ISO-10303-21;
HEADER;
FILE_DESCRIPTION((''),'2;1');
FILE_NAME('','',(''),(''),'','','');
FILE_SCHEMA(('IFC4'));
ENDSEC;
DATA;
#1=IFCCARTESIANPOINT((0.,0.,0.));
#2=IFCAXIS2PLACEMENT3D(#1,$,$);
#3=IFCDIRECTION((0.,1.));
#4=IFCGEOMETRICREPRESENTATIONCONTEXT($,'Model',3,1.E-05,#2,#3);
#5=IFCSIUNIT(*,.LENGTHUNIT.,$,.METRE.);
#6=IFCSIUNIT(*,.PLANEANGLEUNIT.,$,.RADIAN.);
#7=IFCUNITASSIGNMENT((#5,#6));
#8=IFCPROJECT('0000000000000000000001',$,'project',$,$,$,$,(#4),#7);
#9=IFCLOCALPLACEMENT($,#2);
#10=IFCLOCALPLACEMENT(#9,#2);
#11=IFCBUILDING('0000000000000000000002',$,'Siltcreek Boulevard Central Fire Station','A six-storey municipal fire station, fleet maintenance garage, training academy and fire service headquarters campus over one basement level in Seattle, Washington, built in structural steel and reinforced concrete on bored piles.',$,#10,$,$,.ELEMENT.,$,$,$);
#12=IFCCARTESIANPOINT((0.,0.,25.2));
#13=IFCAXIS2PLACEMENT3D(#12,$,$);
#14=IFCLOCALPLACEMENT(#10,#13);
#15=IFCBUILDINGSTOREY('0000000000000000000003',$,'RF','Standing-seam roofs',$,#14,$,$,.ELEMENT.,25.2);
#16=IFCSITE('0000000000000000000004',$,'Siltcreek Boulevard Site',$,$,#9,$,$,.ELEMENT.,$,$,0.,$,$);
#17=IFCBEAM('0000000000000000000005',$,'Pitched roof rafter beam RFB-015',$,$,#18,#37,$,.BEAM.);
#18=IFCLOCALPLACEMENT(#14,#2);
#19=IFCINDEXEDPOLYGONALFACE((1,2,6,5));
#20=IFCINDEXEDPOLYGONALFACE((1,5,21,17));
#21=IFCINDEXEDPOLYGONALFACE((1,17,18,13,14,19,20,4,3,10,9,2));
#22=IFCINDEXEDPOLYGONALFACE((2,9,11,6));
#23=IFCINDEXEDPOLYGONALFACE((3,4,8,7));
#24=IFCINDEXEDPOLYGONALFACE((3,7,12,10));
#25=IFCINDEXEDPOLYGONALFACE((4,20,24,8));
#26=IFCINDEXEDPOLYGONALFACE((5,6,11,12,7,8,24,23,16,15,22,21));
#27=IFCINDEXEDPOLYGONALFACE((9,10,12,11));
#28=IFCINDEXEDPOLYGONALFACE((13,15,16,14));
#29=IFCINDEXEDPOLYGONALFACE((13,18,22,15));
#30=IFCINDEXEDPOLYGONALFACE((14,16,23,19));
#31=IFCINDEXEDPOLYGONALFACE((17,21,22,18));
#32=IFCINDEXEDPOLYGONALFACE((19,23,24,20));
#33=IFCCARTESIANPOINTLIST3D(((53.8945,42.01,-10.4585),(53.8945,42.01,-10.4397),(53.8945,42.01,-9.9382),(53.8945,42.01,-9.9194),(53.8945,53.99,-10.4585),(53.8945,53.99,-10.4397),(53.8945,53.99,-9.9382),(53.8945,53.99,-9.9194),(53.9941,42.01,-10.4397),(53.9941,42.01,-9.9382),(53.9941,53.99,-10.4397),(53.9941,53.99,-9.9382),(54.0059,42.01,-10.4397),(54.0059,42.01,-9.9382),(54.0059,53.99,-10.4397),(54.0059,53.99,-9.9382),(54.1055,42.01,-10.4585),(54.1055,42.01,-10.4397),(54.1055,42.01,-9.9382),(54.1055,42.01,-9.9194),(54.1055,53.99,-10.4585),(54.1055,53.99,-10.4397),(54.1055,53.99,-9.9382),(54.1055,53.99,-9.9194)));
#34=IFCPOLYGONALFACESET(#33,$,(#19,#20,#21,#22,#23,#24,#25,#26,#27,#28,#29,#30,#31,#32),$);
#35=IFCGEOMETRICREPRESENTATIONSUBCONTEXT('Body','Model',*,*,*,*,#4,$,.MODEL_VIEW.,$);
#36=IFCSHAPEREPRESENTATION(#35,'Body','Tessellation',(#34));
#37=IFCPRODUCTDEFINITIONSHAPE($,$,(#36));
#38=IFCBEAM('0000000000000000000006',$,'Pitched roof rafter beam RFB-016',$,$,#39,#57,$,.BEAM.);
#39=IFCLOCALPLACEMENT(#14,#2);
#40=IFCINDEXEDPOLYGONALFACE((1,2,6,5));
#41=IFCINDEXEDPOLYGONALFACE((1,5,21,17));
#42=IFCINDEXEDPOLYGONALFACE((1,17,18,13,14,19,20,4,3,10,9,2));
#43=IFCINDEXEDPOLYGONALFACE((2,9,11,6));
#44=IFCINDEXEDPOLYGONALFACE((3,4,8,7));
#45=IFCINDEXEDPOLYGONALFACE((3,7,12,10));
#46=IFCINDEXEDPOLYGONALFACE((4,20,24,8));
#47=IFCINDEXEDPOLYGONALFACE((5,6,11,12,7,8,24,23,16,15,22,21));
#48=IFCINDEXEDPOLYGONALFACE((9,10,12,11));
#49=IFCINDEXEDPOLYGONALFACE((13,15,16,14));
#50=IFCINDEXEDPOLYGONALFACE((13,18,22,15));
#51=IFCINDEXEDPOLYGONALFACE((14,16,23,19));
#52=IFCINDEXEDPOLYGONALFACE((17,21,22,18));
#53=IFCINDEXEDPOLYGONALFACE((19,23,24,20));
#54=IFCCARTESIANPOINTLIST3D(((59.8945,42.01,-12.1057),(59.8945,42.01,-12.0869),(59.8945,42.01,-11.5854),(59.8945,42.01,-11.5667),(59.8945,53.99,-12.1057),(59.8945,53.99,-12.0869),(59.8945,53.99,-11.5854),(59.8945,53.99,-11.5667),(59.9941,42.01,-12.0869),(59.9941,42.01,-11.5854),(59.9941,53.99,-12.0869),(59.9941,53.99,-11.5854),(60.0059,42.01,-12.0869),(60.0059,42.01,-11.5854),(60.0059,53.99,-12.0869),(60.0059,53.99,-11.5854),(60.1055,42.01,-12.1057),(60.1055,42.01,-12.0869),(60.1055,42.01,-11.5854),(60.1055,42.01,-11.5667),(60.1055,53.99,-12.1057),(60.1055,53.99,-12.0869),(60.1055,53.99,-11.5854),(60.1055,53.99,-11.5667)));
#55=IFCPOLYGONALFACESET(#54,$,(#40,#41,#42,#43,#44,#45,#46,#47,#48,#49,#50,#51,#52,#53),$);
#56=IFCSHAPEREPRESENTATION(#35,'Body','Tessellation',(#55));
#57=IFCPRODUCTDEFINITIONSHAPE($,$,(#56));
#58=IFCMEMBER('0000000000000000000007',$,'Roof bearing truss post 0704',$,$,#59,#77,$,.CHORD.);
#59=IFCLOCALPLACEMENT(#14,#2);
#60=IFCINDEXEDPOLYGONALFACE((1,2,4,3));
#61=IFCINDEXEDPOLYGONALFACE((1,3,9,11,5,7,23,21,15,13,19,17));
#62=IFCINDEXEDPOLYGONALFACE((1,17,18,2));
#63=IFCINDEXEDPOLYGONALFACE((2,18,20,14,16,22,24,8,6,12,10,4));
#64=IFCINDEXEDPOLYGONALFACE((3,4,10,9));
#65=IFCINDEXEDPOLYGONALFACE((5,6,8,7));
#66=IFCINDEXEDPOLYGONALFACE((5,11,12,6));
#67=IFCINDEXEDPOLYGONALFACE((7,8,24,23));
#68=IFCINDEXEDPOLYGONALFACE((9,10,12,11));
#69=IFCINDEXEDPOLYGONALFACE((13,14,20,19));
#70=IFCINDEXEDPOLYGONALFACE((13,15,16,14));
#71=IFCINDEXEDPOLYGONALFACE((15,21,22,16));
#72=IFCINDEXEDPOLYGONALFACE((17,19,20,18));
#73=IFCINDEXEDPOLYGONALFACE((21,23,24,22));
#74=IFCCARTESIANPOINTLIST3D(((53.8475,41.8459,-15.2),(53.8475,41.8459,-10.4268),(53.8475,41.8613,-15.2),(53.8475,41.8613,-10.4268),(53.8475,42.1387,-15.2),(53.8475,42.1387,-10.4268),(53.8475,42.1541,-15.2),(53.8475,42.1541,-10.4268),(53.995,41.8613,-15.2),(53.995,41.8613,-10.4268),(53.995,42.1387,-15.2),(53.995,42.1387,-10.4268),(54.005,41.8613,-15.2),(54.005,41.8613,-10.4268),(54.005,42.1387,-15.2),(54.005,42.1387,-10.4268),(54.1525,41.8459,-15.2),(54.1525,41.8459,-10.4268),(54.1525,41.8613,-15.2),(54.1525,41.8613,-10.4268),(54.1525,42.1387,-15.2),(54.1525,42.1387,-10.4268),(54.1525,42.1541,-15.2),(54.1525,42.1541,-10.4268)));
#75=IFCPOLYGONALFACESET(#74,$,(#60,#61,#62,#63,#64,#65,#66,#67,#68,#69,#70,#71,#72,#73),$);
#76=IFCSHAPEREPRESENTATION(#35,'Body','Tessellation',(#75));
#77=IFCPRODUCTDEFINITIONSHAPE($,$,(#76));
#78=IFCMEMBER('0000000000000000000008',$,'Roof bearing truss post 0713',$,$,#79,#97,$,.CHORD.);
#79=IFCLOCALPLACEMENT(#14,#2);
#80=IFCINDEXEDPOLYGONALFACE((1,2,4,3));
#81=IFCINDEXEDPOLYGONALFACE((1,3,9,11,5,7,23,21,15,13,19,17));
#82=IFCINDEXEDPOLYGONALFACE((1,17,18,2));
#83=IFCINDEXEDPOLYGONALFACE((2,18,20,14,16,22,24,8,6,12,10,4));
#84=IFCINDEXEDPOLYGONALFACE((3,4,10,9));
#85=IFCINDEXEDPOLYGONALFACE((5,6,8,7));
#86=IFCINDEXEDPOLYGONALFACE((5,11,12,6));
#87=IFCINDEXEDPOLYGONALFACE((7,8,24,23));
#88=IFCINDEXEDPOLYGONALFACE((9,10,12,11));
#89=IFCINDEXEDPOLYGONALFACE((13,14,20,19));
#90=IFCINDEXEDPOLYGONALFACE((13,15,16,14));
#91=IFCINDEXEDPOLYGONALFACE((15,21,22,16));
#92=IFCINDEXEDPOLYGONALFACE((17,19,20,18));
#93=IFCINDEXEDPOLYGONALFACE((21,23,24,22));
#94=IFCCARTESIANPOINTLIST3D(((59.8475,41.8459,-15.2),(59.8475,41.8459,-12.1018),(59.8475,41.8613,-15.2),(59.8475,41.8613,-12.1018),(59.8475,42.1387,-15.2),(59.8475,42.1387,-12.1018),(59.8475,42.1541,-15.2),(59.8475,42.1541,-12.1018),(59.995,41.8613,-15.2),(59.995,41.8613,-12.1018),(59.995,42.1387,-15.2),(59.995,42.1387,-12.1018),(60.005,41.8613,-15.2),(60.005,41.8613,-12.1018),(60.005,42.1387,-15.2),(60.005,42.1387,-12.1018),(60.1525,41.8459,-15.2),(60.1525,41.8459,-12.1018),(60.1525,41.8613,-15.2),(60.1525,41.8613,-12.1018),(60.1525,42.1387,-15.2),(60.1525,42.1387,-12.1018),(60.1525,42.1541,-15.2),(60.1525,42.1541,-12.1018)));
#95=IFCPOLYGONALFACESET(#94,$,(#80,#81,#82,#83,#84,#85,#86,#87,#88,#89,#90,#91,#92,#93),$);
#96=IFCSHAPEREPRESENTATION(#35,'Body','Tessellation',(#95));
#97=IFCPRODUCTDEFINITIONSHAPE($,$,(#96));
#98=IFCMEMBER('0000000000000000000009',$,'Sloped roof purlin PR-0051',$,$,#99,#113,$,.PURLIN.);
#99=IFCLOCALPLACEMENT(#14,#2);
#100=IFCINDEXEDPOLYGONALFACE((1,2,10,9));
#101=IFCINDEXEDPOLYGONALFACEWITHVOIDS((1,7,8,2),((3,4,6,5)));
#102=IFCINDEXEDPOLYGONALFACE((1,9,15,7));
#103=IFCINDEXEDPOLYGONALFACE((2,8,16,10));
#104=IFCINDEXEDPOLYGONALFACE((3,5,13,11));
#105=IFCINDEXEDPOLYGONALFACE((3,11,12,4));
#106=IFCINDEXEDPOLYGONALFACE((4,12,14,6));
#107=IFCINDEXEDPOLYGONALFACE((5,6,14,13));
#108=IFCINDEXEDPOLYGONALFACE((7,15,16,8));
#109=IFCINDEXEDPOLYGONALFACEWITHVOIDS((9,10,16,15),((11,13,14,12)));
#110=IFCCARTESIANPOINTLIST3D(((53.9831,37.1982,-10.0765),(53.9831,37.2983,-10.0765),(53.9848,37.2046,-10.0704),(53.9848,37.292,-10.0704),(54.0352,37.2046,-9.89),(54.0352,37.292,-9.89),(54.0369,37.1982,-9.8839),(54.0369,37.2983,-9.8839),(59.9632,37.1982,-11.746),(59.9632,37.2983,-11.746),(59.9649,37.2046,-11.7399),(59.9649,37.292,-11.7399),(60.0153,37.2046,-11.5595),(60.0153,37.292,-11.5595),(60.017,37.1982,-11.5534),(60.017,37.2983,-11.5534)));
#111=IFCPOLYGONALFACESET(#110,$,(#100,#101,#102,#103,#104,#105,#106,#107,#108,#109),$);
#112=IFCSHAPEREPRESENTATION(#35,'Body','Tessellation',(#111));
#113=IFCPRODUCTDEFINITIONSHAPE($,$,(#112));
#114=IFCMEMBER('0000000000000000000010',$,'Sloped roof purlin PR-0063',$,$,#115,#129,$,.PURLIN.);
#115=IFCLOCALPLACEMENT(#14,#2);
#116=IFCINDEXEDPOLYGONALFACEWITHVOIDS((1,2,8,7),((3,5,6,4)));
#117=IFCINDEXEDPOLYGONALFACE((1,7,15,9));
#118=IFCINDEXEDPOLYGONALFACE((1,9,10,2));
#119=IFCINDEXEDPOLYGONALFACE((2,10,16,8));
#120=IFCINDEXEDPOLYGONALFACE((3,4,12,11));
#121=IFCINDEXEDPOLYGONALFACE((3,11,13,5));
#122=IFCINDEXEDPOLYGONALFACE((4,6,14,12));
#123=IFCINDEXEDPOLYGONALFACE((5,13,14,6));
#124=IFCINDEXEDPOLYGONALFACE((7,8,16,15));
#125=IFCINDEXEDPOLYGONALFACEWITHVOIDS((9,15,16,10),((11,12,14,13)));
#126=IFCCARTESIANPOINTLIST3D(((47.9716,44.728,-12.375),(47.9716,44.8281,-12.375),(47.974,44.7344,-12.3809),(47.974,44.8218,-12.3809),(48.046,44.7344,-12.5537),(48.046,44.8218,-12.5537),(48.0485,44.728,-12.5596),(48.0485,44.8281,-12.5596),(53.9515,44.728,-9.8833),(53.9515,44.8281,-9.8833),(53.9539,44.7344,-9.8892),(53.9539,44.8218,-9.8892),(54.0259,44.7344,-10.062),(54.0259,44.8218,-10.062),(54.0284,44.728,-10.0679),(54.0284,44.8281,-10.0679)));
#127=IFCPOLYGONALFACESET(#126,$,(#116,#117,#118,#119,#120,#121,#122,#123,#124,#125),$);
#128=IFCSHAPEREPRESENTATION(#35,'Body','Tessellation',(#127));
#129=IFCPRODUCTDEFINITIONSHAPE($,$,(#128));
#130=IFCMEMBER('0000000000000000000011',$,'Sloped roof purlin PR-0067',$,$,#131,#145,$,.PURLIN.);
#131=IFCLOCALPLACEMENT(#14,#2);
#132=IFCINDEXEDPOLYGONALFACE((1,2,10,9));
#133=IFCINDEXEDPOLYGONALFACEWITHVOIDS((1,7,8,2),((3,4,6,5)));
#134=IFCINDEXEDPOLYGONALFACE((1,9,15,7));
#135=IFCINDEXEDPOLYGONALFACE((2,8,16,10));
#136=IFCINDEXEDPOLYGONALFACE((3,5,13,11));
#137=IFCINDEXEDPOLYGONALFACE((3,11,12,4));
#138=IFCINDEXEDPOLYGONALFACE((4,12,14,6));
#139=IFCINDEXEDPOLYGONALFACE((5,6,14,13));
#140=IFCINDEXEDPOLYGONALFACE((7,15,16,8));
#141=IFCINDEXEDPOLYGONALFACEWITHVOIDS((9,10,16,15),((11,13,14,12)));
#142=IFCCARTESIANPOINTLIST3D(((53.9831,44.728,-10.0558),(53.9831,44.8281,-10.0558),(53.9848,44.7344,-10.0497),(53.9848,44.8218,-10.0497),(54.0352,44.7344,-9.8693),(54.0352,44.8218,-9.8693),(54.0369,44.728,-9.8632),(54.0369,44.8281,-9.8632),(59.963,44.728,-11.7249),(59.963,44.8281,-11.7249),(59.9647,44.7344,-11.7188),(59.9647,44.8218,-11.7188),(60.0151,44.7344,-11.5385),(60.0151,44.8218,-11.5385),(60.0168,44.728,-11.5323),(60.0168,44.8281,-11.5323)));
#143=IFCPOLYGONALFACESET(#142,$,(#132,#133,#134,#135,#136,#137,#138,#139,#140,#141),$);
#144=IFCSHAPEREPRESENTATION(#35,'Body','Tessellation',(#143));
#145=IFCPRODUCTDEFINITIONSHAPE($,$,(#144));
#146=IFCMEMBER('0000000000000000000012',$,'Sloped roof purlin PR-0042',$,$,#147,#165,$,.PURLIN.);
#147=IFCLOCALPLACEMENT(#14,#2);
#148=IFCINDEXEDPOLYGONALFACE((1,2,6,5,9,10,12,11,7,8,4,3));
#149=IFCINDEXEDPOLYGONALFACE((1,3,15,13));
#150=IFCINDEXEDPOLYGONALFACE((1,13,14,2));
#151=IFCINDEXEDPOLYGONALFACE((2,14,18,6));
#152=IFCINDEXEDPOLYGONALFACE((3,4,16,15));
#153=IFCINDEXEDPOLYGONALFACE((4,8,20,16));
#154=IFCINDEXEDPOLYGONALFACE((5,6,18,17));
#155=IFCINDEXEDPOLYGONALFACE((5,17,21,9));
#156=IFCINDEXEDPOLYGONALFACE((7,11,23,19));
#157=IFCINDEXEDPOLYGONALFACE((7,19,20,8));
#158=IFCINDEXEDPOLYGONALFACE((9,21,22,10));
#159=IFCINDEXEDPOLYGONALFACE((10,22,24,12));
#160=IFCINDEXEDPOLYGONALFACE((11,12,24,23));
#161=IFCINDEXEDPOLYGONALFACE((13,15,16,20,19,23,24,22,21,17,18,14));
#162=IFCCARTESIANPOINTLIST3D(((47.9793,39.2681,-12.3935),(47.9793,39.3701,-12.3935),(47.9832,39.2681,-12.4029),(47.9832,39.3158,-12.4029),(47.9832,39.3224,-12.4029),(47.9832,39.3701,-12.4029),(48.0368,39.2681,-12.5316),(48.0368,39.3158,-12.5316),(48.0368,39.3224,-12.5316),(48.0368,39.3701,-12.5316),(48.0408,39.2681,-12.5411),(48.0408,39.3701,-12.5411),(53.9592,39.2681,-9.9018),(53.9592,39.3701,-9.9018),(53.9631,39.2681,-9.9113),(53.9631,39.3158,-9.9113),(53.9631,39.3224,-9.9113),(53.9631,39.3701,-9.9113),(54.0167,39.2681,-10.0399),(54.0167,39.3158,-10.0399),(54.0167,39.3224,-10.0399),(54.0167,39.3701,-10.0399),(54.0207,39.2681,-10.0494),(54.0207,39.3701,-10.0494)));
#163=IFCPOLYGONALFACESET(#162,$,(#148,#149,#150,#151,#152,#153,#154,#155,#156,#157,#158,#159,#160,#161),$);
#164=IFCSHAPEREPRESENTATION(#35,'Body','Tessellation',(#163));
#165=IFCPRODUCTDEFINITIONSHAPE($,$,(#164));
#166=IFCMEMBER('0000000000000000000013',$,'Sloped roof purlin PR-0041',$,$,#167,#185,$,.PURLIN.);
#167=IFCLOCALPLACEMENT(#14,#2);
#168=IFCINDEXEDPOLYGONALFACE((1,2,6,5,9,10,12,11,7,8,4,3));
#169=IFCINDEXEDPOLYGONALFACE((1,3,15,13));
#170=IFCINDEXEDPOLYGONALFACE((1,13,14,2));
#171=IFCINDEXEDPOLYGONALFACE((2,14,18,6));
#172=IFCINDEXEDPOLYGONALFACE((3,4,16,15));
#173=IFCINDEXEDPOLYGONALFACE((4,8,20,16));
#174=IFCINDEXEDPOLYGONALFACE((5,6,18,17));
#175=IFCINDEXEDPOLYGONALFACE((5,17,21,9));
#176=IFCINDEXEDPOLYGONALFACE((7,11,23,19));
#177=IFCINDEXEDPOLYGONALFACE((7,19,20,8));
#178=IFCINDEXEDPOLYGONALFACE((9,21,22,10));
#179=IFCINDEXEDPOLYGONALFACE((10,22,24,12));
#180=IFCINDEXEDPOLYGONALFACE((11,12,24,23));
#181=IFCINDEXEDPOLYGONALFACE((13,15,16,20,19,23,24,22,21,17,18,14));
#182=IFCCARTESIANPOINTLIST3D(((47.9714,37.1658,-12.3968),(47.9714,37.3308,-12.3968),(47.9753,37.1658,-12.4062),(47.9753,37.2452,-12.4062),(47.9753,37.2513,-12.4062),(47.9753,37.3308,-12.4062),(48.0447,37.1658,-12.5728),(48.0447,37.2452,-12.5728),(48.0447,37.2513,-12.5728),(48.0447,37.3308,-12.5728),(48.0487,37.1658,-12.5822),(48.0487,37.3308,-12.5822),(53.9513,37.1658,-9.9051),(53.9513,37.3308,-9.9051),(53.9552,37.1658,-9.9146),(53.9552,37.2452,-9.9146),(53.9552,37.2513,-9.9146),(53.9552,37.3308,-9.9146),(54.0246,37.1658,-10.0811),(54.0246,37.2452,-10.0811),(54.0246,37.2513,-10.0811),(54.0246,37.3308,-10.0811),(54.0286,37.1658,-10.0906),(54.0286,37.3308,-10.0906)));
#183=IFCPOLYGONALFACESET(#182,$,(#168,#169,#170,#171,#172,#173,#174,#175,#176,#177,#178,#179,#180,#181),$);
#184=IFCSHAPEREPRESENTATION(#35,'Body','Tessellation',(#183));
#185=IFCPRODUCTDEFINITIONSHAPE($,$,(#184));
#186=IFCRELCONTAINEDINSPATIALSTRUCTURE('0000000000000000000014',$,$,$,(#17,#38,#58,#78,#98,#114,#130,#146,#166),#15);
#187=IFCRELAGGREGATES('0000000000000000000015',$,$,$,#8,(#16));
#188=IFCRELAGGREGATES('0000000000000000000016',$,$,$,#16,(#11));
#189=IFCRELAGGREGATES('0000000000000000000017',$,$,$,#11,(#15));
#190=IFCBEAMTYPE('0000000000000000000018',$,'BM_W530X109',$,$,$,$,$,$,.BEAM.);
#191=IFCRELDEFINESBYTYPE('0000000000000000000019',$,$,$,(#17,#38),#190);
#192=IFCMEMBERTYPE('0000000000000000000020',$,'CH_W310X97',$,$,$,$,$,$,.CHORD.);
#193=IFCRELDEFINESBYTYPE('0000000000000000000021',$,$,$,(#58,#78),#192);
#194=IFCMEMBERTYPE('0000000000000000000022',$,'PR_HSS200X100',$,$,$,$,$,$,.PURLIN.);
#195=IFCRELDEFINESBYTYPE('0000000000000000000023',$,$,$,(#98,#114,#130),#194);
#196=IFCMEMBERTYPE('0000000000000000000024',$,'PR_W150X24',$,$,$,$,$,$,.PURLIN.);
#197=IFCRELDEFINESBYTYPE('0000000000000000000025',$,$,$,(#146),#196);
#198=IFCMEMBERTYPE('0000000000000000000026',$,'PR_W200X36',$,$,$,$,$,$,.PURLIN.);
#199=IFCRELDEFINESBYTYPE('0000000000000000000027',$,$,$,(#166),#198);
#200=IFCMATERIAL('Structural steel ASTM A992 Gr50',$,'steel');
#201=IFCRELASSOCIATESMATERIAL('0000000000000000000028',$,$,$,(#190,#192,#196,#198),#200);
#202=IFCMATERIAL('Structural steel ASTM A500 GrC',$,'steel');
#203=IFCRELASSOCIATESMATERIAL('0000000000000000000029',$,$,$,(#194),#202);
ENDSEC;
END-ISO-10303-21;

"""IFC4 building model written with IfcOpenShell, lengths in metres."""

from ifc_helpers import new_model, si_unit, direction, frame, origin, origin_2d, place, context, subcontext, project, spatial, hollow_rectangle, i_section, extrude, material, material_profile, profile_set, type_object, element, save


model = new_model("IFC4")

# Units and contexts
model_context = context("Model", 3, precision=1e-05, world=origin(), true_north=direction((0.0, 1.0)))
body_context = subcontext(model_context, "Body", "Model", "MODEL_VIEW")
ifc_project = project(units=[si_unit("LENGTHUNIT", "METRE"), si_unit("PLANEANGLEUNIT", "RADIAN")], contexts=[model_context])

# Site, building, storey
site_placement = place(None, origin())
site = spatial("IfcSite", under=ifc_project, at=site_placement, Name="Siltcreek Boulevard Site", CompositionType="ELEMENT", RefElevation=0.0)
building_placement = place(site_placement, origin())
building = spatial("IfcBuilding", under=site, at=building_placement, Name="Siltcreek Boulevard Central Fire Station", Description="A six-storey municipal fire station, fleet maintenance garage, training academy and fire service headquarters campus over one basement level in Seattle, Washington, built in structural steel and reinforced concrete on bored piles.", CompositionType="ELEMENT")
storey_placement = place(building_placement, frame((0.0, 0.0, 25.2)))
storey = spatial("IfcBuildingStorey", under=building, at=storey_placement, Name="RF", Description="Standing-seam roofs", CompositionType="ELEMENT", Elevation=25.2)

# Beams
ifc_material_1 = material(Name="Structural steel ASTM A992 Gr50", Category="steel")
ifc_material_profile_1 = material_profile(ifc_material_1, i_section(OverallWidth=0.2109, OverallDepth=0.5391, WebThickness=0.0117, FlangeThickness=0.0188, at=origin_2d()), Name="W530X109")
ifc_profile_set_1 = profile_set([ifc_material_profile_1], Name="Structural steel ASTM A992 Gr50")
beam_type = type_object("IfcBeamType", Name="BM_W530X109", PredefinedType="BEAM", material=ifc_profile_set_1)
for number, where, z_axis, x_axis, name in (
    (1, (54.0, 42.01, -10.189), (0.0, 1.0, 0.0), (-1.0, 0.0, 0.0), "Pitched roof rafter beam RFB-015"),
    (2, (60.0, 42.01, -11.8362), (0.0, 1.0, 0.0), (-1.0, 0.0, 0.0), "Pitched roof rafter beam RFB-016"),
):
    element("IfcBeam", number, at=place(storey_placement, frame(where, z_axis=z_axis, x_axis=x_axis)), inside=storey, type_object=beam_type, Name=name, PredefinedType="BEAM", context=body_context, shape_type="SweptSolid", body=[
        extrude(i_section(OverallWidth=0.2109, OverallDepth=0.5391, WebThickness=0.0117, FlangeThickness=0.0188, at=origin_2d()), origin(), (0.0, 0.0, 1.0), 11.98),
    ])

# Members
ifc_material_profile_2 = material_profile(ifc_material_1, i_section(OverallWidth=0.3049, OverallDepth=0.3081, WebThickness=0.01, FlangeThickness=0.0154, at=origin_2d()), Name="W310X97")
ifc_profile_set_2 = profile_set([ifc_material_profile_2], Name="Structural steel ASTM A992 Gr50")
member_type_1 = type_object("IfcMemberType", Name="CH_W310X97", PredefinedType="CHORD", material=ifc_profile_set_2)
member_1_placement = place(storey_placement, frame((54.0, 42.0, -15.2), z_axis=(0.0, 0.0, 1.0), x_axis=(1.0, 0.0, 0.0)))
element("IfcMember", 3, at=member_1_placement, inside=storey, type_object=member_type_1, Name="Roof bearing truss post 0704", PredefinedType="CHORD", context=body_context, shape_type="SweptSolid", body=[
    extrude(i_section(OverallWidth=0.3049, OverallDepth=0.3081, WebThickness=0.01, FlangeThickness=0.0154, at=origin_2d()), origin(), (0.0, 0.0, 1.0), 4.7732),
])
member_2_placement = place(storey_placement, frame((60.0, 42.0, -15.2), z_axis=(0.0, 0.0, 1.0), x_axis=(1.0, 0.0, 0.0)))
element("IfcMember", 4, at=member_2_placement, inside=storey, type_object=member_type_1, Name="Roof bearing truss post 0713", PredefinedType="CHORD", context=body_context, shape_type="SweptSolid", body=[
    extrude(i_section(OverallWidth=0.3049, OverallDepth=0.3081, WebThickness=0.01, FlangeThickness=0.0154, at=origin_2d()), origin(), (0.0, 0.0, 1.0), 3.0981),
])
ifc_material_2 = material(Name="Structural steel ASTM A500 GrC", Category="steel")
ifc_material_profile_3 = material_profile(ifc_material_2, hollow_rectangle(XDim=0.1001, YDim=0.2, WallThickness=0.0063, at=origin_2d()), Name="HSS200X100X6.4")
ifc_profile_set_3 = profile_set([ifc_material_profile_3], Name="Structural steel ASTM A500 GrC")
member_type_2 = type_object("IfcMemberType", Name="PR_HSS200X100", PredefinedType="PURLIN", material=ifc_profile_set_3)
member_3_placement = place(storey_placement, frame((54.01, 37.2483, -9.9802), z_axis=(0.963171, 0.0, -0.268889), x_axis=(0.0, 1.0, 0.0)))
element("IfcMember", 5, at=member_3_placement, inside=storey, type_object=member_type_2, Name="Sloped roof purlin PR-0051", PredefinedType="PURLIN", context=body_context, shape_type="SweptSolid", body=[
    extrude(hollow_rectangle(XDim=0.1001, YDim=0.2, WallThickness=0.0063, at=origin_2d()), origin(), (0.0, 0.0, 1.0), 6.2087),
])
member_4_placement = place(storey_placement, frame((48.01, 44.7781, -12.4673), z_axis=(0.923075, 0.0, 0.384621), x_axis=(0.0, 1.0, 0.0)))
element("IfcMember", 6, at=member_4_placement, inside=storey, type_object=member_type_2, Name="Sloped roof purlin PR-0063", PredefinedType="PURLIN", context=body_context, shape_type="SweptSolid", body=[
    extrude(hollow_rectangle(XDim=0.1001, YDim=0.2, WallThickness=0.0063, at=origin_2d()), origin(), (0.0, 0.0, 1.0), 6.4783),
])
member_5_placement = place(storey_placement, frame((54.01, 44.7781, -9.9595), z_axis=(0.963181, 0.0, -0.268852), x_axis=(0.0, 1.0, 0.0)))
element("IfcMember", 7, at=member_5_placement, inside=storey, type_object=member_type_2, Name="Sloped roof purlin PR-0067", PredefinedType="PURLIN", context=body_context, shape_type="SweptSolid", body=[
    extrude(hollow_rectangle(XDim=0.1001, YDim=0.2, WallThickness=0.0063, at=origin_2d()), origin(), (0.0, 0.0, 1.0), 6.2085),
])
ifc_material_profile_4 = material_profile(ifc_material_1, i_section(OverallWidth=0.1021, OverallDepth=0.1599, WebThickness=0.0066, FlangeThickness=0.0103, at=origin_2d()), Name="W150X24")
ifc_profile_set_4 = profile_set([ifc_material_profile_4], Name="Structural steel ASTM A992 Gr50")
member_type_3 = type_object("IfcMemberType", Name="PR_W150X24", PredefinedType="PURLIN", material=ifc_profile_set_4)
member_6_placement = place(storey_placement, frame((48.01, 39.3191, -12.4673), z_axis=(0.923075, 0.0, 0.384621), x_axis=(0.0, 1.0, 0.0)))
element("IfcMember", 8, at=member_6_placement, inside=storey, type_object=member_type_3, Name="Sloped roof purlin PR-0042", PredefinedType="PURLIN", context=body_context, shape_type="SweptSolid", body=[
    extrude(i_section(OverallWidth=0.1021, OverallDepth=0.1599, WebThickness=0.0066, FlangeThickness=0.0103, at=origin_2d()), origin(), (0.0, 0.0, 1.0), 6.4783),
])
ifc_material_profile_5 = material_profile(ifc_material_1, i_section(OverallWidth=0.165, OverallDepth=0.2009, WebThickness=0.0061, FlangeThickness=0.0103, at=origin_2d()), Name="W200X36")
ifc_profile_set_5 = profile_set([ifc_material_profile_5], Name="Structural steel ASTM A992 Gr50")
member_type_4 = type_object("IfcMemberType", Name="PR_W200X36", PredefinedType="PURLIN", material=ifc_profile_set_5)
member_7_placement = place(storey_placement, frame((48.01, 37.2483, -12.4895), z_axis=(0.923075, 0.0, 0.384621), x_axis=(0.0, 1.0, 0.0)))
element("IfcMember", 9, at=member_7_placement, inside=storey, type_object=member_type_4, Name="Sloped roof purlin PR-0041", PredefinedType="PURLIN", context=body_context, shape_type="SweptSolid", body=[
    extrude(i_section(OverallWidth=0.165, OverallDepth=0.2009, WebThickness=0.0061, FlangeThickness=0.0103, at=origin_2d()), origin(), (0.0, 0.0, 1.0), 6.4783),
])

save(model, "model.ifc")
